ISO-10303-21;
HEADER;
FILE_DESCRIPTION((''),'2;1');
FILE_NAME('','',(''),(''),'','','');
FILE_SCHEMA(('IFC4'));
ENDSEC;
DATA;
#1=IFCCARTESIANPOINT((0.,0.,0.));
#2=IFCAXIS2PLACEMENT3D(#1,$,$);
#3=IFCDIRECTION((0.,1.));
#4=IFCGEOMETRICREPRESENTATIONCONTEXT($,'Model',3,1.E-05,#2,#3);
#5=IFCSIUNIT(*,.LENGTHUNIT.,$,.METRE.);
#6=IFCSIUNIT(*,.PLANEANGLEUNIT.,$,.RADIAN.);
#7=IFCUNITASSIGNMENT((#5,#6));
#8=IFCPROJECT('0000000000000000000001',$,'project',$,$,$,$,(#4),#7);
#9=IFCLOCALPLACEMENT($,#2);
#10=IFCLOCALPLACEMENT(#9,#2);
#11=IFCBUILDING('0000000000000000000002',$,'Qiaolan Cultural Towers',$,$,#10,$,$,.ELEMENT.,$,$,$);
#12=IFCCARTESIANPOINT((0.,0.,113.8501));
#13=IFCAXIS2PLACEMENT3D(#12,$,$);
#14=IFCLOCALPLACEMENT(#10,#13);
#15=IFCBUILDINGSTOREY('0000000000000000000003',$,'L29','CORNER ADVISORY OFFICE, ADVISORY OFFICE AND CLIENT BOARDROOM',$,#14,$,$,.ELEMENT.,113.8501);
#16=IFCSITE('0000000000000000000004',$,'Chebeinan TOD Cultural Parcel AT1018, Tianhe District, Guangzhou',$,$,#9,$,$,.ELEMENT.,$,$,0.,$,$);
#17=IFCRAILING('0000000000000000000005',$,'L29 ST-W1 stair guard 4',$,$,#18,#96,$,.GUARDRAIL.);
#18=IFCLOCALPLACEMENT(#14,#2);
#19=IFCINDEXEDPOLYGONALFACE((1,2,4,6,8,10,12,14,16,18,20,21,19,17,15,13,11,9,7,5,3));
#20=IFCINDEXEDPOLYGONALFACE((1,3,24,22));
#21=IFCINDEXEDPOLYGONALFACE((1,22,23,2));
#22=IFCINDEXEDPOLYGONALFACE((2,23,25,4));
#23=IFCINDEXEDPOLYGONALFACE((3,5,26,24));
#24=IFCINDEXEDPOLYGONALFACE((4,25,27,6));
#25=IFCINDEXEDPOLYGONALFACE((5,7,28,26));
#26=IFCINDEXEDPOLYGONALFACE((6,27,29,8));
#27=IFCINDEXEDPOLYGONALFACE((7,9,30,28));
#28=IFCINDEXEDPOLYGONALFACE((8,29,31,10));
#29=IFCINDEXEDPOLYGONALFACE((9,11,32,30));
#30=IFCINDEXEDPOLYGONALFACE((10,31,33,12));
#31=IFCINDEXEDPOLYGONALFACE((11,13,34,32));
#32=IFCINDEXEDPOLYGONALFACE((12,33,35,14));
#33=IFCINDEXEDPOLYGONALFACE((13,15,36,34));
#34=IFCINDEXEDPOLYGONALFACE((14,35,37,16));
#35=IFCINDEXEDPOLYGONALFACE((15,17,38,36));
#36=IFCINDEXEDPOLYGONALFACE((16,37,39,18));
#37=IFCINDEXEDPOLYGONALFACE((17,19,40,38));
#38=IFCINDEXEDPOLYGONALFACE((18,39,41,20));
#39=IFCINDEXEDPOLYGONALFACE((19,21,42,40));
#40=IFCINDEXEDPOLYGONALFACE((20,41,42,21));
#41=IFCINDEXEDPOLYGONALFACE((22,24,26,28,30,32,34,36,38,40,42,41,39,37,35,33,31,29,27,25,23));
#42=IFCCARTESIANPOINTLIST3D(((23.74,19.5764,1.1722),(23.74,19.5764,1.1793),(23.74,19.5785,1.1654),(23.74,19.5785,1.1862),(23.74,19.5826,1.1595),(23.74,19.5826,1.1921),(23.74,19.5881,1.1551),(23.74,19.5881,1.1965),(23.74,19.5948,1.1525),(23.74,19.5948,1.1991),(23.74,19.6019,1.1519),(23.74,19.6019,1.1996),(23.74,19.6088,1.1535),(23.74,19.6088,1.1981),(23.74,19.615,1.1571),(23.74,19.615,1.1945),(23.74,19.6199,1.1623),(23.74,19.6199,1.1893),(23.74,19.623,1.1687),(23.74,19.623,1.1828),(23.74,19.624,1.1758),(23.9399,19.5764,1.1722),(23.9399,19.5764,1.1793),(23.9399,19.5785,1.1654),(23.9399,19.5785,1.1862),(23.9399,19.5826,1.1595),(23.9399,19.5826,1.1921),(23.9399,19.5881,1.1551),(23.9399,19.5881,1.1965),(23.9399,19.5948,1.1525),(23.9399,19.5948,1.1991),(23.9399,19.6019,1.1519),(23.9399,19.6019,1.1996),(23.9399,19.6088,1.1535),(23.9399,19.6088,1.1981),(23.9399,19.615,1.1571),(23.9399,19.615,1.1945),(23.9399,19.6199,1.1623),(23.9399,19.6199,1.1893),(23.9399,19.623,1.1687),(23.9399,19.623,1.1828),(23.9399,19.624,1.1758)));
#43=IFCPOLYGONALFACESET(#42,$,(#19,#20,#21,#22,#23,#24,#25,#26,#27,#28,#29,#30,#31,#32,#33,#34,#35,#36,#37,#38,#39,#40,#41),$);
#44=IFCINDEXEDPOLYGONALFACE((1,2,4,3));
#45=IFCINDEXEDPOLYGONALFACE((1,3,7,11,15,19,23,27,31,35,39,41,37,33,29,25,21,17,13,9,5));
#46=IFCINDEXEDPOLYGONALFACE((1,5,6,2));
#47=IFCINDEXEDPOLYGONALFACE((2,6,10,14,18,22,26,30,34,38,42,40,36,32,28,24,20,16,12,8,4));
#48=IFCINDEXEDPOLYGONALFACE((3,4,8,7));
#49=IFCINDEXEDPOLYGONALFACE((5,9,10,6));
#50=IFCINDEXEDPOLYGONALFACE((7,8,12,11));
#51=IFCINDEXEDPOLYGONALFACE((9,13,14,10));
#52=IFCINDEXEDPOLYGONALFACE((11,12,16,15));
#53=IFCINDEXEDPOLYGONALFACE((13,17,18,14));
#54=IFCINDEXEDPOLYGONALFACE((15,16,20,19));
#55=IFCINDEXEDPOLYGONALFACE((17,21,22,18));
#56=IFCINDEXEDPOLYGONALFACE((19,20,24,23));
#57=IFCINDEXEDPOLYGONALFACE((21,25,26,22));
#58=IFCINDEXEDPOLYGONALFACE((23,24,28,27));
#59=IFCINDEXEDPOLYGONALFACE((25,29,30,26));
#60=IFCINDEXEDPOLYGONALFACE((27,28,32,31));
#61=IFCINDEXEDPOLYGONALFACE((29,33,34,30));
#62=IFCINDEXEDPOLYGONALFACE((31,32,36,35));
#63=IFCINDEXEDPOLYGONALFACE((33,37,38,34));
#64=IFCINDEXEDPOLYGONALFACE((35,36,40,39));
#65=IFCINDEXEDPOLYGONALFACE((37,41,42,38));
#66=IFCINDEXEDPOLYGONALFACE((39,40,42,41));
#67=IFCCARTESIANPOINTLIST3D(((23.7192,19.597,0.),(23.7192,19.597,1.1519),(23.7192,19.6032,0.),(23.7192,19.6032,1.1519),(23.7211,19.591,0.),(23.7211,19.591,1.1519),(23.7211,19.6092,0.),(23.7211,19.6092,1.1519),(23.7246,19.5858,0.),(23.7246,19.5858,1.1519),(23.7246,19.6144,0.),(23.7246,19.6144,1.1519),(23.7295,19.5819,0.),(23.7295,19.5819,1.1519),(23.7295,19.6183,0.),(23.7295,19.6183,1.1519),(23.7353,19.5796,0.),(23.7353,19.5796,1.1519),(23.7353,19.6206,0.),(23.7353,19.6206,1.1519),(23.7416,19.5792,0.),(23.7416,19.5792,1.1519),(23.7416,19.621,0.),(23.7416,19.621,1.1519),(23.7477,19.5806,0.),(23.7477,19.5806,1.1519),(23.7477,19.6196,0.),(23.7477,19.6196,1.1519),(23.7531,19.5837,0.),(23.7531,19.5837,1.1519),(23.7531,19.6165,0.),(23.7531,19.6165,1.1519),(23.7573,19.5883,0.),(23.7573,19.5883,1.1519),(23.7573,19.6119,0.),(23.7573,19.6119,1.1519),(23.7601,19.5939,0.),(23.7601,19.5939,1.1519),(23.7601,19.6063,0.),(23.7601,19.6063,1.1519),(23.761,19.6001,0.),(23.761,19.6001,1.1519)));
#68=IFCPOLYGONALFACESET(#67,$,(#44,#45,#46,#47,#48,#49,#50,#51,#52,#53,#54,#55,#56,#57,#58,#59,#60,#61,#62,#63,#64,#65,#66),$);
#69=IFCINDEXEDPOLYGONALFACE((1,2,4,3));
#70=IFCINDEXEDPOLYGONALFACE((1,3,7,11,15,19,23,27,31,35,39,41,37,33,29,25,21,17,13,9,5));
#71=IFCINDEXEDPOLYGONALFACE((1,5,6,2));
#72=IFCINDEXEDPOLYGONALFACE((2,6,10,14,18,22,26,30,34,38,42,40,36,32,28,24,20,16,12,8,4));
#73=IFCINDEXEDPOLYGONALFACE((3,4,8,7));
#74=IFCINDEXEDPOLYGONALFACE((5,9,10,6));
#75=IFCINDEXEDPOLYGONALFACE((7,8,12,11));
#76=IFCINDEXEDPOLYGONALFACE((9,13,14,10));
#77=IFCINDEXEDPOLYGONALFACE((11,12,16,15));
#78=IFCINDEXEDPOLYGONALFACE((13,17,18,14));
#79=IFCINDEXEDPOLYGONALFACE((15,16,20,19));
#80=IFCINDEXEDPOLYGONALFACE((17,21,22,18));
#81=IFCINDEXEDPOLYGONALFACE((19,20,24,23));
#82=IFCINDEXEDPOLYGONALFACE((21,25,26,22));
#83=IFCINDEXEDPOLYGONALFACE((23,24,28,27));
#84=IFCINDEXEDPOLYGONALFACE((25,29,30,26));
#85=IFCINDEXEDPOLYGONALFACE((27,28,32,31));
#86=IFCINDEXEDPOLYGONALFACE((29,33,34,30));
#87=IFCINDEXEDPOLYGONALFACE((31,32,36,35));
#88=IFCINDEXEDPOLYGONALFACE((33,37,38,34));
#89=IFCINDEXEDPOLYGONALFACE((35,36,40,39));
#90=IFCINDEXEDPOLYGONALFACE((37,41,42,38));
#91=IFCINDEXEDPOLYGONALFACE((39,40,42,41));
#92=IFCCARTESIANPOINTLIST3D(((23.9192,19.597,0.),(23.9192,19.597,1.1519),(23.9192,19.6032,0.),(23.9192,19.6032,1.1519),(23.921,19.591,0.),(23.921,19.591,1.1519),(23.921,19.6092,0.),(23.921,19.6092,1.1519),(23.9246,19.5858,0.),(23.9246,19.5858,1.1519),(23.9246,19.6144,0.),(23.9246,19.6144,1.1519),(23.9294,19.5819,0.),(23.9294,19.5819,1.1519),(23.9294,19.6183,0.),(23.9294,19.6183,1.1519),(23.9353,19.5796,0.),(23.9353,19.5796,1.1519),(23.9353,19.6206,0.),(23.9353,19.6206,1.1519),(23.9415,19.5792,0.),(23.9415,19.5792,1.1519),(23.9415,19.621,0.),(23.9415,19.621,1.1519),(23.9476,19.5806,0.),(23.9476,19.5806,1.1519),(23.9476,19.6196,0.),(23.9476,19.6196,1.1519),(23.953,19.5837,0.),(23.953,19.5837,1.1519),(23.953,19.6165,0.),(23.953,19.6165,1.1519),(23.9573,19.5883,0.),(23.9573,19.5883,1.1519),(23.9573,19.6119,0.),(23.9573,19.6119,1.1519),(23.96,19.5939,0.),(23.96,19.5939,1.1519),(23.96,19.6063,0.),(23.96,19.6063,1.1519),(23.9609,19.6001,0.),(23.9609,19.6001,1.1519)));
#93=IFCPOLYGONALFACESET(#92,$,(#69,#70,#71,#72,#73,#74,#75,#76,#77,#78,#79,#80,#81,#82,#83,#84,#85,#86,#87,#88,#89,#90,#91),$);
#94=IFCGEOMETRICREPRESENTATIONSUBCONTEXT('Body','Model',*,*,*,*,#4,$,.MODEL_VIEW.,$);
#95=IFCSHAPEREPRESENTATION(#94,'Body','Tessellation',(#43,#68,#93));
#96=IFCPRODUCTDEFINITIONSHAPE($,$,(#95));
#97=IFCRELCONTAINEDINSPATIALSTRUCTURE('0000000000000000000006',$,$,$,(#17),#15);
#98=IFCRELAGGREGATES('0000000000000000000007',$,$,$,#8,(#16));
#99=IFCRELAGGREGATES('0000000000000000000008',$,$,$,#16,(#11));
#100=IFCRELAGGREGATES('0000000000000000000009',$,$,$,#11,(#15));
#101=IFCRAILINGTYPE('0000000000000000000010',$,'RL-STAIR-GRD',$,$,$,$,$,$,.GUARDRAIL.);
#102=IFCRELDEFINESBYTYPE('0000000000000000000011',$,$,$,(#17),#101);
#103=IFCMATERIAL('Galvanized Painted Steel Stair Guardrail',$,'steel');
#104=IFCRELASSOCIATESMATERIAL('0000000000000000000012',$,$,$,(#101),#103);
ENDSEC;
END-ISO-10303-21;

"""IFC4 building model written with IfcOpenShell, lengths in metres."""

from ifc_helpers import new_model, si_unit, direction, frame, origin, origin_2d, place, context, subcontext, project, spatial, circle, extrude, material, type_object, element, save


model = new_model("IFC4")

# Units and contexts
model_context = context("Model", 3, precision=1e-05, world=origin(), true_north=direction((0.0, 1.0)))
body_context = subcontext(model_context, "Body", "Model", "MODEL_VIEW")
ifc_project = project(units=[si_unit("LENGTHUNIT", "METRE"), si_unit("PLANEANGLEUNIT", "RADIAN")], contexts=[model_context])

# Site, building, storey
site_placement = place(None, origin())
site = spatial("IfcSite", under=ifc_project, at=site_placement, Name="Chebeinan TOD Cultural Parcel AT1018, Tianhe District, Guangzhou", CompositionType="ELEMENT", RefElevation=0.0)
building_placement = place(site_placement, origin())
building = spatial("IfcBuilding", under=site, at=building_placement, Name="Qiaolan Cultural Towers", CompositionType="ELEMENT")
storey_placement = place(building_placement, frame((0.0, 0.0, 113.8501)))
storey = spatial("IfcBuildingStorey", under=building, at=storey_placement, Name="L29", Description="CORNER ADVISORY OFFICE, ADVISORY OFFICE AND CLIENT BOARDROOM", CompositionType="ELEMENT", Elevation=113.8501)

# Railing
ifc_material_1 = material(Name="Galvanized Painted Steel Stair Guardrail", Category="steel")
railing_type_1 = type_object("IfcRailingType", Name="RL-STAIR-GRD", PredefinedType="GUARDRAIL", material=ifc_material_1)
railing_1_placement = place(storey_placement, frame((23.74, 19.6001, 0.0)))
element("IfcRailing", 1, at=railing_1_placement, inside=storey, type_object=railing_type_1, Name="L29 ST-W1 stair guard 4", PredefinedType="GUARDRAIL", context=body_context, shape_type="SweptSolid", body=[
    extrude(circle(Radius=0.0239, at=origin_2d()), frame((0.0, 0.0, 1.1758), z_axis=(1.0, 0.0, 0.0), x_axis=(0.0, 1.0, 0.0)), (0.0, 0.0, 1.0), 0.2),
    extrude(circle(Radius=0.021, at=origin_2d()), origin(), (0.0, 0.0, 1.0), 1.1519),
    extrude(circle(Radius=0.021, at=origin_2d()), frame((0.2, 0.0, 0.0)), (0.0, 0.0, 1.0), 1.1519),
])

save(model, "model.ifc")
